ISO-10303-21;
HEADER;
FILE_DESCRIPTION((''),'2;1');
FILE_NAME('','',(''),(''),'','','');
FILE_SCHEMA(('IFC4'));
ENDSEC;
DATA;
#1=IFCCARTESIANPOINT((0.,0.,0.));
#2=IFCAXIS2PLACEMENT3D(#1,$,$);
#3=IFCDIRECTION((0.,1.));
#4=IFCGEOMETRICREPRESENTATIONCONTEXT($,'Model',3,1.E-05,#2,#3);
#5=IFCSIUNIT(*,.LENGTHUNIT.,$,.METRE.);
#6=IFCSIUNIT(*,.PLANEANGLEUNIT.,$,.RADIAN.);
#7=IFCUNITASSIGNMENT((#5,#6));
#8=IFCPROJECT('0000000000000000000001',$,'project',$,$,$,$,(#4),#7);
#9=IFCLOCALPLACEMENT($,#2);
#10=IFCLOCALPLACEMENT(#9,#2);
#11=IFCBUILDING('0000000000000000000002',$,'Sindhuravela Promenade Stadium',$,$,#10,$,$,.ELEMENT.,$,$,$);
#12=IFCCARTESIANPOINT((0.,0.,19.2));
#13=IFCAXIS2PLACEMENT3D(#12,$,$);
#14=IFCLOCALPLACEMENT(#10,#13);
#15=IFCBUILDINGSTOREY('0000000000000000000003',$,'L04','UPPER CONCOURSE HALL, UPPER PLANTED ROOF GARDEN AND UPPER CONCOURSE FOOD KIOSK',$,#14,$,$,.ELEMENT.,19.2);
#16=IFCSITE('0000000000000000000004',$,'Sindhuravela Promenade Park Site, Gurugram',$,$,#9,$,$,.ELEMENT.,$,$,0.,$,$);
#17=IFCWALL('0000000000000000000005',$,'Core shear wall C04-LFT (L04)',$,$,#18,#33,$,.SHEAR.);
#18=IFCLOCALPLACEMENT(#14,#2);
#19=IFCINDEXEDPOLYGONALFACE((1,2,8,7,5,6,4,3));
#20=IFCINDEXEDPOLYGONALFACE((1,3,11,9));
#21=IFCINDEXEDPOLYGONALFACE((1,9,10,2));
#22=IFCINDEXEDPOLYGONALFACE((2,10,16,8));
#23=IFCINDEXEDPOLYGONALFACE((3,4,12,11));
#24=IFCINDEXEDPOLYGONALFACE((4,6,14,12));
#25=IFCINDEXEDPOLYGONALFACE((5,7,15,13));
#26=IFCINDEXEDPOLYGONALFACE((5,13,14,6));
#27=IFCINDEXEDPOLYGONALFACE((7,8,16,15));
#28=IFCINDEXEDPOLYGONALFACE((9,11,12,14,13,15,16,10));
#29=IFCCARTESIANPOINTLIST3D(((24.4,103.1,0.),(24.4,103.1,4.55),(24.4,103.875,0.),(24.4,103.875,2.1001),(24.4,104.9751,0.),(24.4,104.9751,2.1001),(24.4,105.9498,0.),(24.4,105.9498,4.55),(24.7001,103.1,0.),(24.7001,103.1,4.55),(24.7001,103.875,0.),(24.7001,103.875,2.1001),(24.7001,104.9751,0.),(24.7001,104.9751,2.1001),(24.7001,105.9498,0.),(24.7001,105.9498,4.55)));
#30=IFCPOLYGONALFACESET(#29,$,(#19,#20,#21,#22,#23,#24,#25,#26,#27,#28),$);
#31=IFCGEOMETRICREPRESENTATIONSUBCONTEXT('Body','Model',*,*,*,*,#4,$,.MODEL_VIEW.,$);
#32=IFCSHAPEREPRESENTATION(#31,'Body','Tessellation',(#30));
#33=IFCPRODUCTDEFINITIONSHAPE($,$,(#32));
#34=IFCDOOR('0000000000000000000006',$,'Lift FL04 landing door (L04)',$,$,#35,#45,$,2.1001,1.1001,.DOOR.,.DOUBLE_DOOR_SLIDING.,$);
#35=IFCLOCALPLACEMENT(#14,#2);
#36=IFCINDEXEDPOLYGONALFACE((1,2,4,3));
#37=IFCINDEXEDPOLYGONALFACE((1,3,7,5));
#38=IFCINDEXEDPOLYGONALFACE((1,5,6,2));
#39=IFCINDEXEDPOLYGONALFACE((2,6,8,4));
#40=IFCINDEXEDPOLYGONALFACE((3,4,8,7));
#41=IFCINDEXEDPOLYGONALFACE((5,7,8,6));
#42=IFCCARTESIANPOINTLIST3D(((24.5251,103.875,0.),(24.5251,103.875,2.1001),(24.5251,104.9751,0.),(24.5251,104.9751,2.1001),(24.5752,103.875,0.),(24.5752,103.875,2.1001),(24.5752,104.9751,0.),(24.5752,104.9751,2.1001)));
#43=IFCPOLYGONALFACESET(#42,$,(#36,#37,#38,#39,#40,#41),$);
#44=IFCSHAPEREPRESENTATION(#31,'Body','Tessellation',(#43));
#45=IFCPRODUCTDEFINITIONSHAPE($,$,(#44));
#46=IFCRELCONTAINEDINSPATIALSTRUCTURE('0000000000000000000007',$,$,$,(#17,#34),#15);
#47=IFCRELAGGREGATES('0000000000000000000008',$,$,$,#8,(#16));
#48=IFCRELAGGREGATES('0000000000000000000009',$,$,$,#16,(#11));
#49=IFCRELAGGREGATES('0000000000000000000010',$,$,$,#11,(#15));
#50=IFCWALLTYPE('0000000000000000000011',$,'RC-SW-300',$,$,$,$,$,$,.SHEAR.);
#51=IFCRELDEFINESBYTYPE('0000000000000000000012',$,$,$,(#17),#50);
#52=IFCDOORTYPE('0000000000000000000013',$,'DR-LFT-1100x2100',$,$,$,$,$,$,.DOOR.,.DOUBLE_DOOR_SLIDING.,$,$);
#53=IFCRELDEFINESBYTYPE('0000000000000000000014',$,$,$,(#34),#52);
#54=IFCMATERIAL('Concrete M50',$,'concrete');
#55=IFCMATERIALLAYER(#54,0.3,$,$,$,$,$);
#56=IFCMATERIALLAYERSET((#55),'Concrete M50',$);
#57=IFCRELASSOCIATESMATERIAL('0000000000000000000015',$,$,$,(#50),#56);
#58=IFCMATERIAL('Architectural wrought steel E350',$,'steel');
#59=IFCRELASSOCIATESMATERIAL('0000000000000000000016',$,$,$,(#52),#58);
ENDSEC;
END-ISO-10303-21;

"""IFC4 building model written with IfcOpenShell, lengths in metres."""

from ifc_helpers import new_model, si_unit, direction, frame, frame_2d, origin, place, context, subcontext, project, spatial, rectangle, extrude, material, layer, layer_set, type_object, element, fill, save


model = new_model("IFC4")

# Units and contexts
model_context = context("Model", 3, precision=1e-05, world=origin(), true_north=direction((0.0, 1.0)))
body_context = subcontext(model_context, "Body", "Model", "MODEL_VIEW")
ifc_project = project(units=[si_unit("LENGTHUNIT", "METRE"), si_unit("PLANEANGLEUNIT", "RADIAN")], contexts=[model_context])

# Site, building, storey
site_placement = place(None, origin())
site = spatial("IfcSite", under=ifc_project, at=site_placement, Name="Sindhuravela Promenade Park Site, Gurugram", CompositionType="ELEMENT", RefElevation=0.0)
building_placement = place(site_placement, origin())
building = spatial("IfcBuilding", under=site, at=building_placement, Name="Sindhuravela Promenade Stadium", CompositionType="ELEMENT")
storey_placement = place(building_placement, frame((0.0, 0.0, 19.2)))
storey = spatial("IfcBuildingStorey", under=building, at=storey_placement, Name="L04", Description="UPPER CONCOURSE HALL, UPPER PLANTED ROOF GARDEN AND UPPER CONCOURSE FOOD KIOSK", CompositionType="ELEMENT", Elevation=19.2)

# Shared definitions
ifc_material_1 = material(Name="Concrete M50", Category="concrete")

# Shared definitions
ifc_layer_1 = layer(ifc_material_1, 0.3)
ifc_layer_set_1 = layer_set([ifc_layer_1], Name="Concrete M50")
wall_type_1 = type_object("IfcWallType", Name="RC-SW-300", PredefinedType="SHEAR", material=ifc_layer_set_1)

# Shared definitions
ifc_material_2 = material(Name="Architectural wrought steel E350", Category="steel")

# Wall, opening, door
wall_1_placement = place(storey_placement, frame((24.55, 103.1001, 0.0), z_axis=(0.0, 0.0, 1.0), x_axis=(0.0, 1.0, 0.0)))
wall_1 = element("IfcWall", 1, at=wall_1_placement, inside=storey, type_object=wall_type_1, Name="Core shear wall C04-LFT (L04)", PredefinedType="SHEAR", context=body_context, shape_type="SweptSolid", body=[
    extrude(rectangle(XDim=2.8499, YDim=0.3, at=frame_2d((1.4248, 0.0))), origin(), (0.0, 0.0, 1.0), 4.55),
])
opening_1_placement = place(wall_1_placement, frame((0.7749, 0.0, 0.0)))
opening_1 = element("IfcOpeningElement", 2, at=opening_1_placement, cuts=wall_1, PredefinedType="OPENING", context=body_context, shape_type="SweptSolid", body=[
    extrude(rectangle(XDim=1.1001, YDim=2.1001, at=frame_2d((0.55, 1.05))), frame((0.0, 0.1599, 0.0), z_axis=(0.0, -1.0, 0.0), x_axis=(1.0, 0.0, 0.0)), (0.0, 0.0, 1.0), 0.3201),
])
door_type_1 = type_object("IfcDoorType", Name="DR-LFT-1100x2100", OperationType="DOUBLE_DOOR_SLIDING", PredefinedType="DOOR", material=ifc_material_2)
door_1_placement = place(opening_1_placement, origin())
door_1 = element("IfcDoor", 3, at=door_1_placement, inside=storey, type_object=door_type_1, Name="Lift FL04 landing door (L04)", OperationType="DOUBLE_DOOR_SLIDING", OverallHeight=2.1001, OverallWidth=1.1001, PredefinedType="DOOR", context=body_context, shape_type="SweptSolid", body=[
    extrude(rectangle(XDim=1.1001, YDim=2.1001, at=frame_2d((0.55, 1.05))), frame((0.0, 0.0249, 0.0), z_axis=(0.0, -1.0, 0.0), x_axis=(1.0, 0.0, 0.0)), (0.0, 0.0, 1.0), 0.05),
])
fill(opening_1, door_1)

save(model, "model.ifc")
